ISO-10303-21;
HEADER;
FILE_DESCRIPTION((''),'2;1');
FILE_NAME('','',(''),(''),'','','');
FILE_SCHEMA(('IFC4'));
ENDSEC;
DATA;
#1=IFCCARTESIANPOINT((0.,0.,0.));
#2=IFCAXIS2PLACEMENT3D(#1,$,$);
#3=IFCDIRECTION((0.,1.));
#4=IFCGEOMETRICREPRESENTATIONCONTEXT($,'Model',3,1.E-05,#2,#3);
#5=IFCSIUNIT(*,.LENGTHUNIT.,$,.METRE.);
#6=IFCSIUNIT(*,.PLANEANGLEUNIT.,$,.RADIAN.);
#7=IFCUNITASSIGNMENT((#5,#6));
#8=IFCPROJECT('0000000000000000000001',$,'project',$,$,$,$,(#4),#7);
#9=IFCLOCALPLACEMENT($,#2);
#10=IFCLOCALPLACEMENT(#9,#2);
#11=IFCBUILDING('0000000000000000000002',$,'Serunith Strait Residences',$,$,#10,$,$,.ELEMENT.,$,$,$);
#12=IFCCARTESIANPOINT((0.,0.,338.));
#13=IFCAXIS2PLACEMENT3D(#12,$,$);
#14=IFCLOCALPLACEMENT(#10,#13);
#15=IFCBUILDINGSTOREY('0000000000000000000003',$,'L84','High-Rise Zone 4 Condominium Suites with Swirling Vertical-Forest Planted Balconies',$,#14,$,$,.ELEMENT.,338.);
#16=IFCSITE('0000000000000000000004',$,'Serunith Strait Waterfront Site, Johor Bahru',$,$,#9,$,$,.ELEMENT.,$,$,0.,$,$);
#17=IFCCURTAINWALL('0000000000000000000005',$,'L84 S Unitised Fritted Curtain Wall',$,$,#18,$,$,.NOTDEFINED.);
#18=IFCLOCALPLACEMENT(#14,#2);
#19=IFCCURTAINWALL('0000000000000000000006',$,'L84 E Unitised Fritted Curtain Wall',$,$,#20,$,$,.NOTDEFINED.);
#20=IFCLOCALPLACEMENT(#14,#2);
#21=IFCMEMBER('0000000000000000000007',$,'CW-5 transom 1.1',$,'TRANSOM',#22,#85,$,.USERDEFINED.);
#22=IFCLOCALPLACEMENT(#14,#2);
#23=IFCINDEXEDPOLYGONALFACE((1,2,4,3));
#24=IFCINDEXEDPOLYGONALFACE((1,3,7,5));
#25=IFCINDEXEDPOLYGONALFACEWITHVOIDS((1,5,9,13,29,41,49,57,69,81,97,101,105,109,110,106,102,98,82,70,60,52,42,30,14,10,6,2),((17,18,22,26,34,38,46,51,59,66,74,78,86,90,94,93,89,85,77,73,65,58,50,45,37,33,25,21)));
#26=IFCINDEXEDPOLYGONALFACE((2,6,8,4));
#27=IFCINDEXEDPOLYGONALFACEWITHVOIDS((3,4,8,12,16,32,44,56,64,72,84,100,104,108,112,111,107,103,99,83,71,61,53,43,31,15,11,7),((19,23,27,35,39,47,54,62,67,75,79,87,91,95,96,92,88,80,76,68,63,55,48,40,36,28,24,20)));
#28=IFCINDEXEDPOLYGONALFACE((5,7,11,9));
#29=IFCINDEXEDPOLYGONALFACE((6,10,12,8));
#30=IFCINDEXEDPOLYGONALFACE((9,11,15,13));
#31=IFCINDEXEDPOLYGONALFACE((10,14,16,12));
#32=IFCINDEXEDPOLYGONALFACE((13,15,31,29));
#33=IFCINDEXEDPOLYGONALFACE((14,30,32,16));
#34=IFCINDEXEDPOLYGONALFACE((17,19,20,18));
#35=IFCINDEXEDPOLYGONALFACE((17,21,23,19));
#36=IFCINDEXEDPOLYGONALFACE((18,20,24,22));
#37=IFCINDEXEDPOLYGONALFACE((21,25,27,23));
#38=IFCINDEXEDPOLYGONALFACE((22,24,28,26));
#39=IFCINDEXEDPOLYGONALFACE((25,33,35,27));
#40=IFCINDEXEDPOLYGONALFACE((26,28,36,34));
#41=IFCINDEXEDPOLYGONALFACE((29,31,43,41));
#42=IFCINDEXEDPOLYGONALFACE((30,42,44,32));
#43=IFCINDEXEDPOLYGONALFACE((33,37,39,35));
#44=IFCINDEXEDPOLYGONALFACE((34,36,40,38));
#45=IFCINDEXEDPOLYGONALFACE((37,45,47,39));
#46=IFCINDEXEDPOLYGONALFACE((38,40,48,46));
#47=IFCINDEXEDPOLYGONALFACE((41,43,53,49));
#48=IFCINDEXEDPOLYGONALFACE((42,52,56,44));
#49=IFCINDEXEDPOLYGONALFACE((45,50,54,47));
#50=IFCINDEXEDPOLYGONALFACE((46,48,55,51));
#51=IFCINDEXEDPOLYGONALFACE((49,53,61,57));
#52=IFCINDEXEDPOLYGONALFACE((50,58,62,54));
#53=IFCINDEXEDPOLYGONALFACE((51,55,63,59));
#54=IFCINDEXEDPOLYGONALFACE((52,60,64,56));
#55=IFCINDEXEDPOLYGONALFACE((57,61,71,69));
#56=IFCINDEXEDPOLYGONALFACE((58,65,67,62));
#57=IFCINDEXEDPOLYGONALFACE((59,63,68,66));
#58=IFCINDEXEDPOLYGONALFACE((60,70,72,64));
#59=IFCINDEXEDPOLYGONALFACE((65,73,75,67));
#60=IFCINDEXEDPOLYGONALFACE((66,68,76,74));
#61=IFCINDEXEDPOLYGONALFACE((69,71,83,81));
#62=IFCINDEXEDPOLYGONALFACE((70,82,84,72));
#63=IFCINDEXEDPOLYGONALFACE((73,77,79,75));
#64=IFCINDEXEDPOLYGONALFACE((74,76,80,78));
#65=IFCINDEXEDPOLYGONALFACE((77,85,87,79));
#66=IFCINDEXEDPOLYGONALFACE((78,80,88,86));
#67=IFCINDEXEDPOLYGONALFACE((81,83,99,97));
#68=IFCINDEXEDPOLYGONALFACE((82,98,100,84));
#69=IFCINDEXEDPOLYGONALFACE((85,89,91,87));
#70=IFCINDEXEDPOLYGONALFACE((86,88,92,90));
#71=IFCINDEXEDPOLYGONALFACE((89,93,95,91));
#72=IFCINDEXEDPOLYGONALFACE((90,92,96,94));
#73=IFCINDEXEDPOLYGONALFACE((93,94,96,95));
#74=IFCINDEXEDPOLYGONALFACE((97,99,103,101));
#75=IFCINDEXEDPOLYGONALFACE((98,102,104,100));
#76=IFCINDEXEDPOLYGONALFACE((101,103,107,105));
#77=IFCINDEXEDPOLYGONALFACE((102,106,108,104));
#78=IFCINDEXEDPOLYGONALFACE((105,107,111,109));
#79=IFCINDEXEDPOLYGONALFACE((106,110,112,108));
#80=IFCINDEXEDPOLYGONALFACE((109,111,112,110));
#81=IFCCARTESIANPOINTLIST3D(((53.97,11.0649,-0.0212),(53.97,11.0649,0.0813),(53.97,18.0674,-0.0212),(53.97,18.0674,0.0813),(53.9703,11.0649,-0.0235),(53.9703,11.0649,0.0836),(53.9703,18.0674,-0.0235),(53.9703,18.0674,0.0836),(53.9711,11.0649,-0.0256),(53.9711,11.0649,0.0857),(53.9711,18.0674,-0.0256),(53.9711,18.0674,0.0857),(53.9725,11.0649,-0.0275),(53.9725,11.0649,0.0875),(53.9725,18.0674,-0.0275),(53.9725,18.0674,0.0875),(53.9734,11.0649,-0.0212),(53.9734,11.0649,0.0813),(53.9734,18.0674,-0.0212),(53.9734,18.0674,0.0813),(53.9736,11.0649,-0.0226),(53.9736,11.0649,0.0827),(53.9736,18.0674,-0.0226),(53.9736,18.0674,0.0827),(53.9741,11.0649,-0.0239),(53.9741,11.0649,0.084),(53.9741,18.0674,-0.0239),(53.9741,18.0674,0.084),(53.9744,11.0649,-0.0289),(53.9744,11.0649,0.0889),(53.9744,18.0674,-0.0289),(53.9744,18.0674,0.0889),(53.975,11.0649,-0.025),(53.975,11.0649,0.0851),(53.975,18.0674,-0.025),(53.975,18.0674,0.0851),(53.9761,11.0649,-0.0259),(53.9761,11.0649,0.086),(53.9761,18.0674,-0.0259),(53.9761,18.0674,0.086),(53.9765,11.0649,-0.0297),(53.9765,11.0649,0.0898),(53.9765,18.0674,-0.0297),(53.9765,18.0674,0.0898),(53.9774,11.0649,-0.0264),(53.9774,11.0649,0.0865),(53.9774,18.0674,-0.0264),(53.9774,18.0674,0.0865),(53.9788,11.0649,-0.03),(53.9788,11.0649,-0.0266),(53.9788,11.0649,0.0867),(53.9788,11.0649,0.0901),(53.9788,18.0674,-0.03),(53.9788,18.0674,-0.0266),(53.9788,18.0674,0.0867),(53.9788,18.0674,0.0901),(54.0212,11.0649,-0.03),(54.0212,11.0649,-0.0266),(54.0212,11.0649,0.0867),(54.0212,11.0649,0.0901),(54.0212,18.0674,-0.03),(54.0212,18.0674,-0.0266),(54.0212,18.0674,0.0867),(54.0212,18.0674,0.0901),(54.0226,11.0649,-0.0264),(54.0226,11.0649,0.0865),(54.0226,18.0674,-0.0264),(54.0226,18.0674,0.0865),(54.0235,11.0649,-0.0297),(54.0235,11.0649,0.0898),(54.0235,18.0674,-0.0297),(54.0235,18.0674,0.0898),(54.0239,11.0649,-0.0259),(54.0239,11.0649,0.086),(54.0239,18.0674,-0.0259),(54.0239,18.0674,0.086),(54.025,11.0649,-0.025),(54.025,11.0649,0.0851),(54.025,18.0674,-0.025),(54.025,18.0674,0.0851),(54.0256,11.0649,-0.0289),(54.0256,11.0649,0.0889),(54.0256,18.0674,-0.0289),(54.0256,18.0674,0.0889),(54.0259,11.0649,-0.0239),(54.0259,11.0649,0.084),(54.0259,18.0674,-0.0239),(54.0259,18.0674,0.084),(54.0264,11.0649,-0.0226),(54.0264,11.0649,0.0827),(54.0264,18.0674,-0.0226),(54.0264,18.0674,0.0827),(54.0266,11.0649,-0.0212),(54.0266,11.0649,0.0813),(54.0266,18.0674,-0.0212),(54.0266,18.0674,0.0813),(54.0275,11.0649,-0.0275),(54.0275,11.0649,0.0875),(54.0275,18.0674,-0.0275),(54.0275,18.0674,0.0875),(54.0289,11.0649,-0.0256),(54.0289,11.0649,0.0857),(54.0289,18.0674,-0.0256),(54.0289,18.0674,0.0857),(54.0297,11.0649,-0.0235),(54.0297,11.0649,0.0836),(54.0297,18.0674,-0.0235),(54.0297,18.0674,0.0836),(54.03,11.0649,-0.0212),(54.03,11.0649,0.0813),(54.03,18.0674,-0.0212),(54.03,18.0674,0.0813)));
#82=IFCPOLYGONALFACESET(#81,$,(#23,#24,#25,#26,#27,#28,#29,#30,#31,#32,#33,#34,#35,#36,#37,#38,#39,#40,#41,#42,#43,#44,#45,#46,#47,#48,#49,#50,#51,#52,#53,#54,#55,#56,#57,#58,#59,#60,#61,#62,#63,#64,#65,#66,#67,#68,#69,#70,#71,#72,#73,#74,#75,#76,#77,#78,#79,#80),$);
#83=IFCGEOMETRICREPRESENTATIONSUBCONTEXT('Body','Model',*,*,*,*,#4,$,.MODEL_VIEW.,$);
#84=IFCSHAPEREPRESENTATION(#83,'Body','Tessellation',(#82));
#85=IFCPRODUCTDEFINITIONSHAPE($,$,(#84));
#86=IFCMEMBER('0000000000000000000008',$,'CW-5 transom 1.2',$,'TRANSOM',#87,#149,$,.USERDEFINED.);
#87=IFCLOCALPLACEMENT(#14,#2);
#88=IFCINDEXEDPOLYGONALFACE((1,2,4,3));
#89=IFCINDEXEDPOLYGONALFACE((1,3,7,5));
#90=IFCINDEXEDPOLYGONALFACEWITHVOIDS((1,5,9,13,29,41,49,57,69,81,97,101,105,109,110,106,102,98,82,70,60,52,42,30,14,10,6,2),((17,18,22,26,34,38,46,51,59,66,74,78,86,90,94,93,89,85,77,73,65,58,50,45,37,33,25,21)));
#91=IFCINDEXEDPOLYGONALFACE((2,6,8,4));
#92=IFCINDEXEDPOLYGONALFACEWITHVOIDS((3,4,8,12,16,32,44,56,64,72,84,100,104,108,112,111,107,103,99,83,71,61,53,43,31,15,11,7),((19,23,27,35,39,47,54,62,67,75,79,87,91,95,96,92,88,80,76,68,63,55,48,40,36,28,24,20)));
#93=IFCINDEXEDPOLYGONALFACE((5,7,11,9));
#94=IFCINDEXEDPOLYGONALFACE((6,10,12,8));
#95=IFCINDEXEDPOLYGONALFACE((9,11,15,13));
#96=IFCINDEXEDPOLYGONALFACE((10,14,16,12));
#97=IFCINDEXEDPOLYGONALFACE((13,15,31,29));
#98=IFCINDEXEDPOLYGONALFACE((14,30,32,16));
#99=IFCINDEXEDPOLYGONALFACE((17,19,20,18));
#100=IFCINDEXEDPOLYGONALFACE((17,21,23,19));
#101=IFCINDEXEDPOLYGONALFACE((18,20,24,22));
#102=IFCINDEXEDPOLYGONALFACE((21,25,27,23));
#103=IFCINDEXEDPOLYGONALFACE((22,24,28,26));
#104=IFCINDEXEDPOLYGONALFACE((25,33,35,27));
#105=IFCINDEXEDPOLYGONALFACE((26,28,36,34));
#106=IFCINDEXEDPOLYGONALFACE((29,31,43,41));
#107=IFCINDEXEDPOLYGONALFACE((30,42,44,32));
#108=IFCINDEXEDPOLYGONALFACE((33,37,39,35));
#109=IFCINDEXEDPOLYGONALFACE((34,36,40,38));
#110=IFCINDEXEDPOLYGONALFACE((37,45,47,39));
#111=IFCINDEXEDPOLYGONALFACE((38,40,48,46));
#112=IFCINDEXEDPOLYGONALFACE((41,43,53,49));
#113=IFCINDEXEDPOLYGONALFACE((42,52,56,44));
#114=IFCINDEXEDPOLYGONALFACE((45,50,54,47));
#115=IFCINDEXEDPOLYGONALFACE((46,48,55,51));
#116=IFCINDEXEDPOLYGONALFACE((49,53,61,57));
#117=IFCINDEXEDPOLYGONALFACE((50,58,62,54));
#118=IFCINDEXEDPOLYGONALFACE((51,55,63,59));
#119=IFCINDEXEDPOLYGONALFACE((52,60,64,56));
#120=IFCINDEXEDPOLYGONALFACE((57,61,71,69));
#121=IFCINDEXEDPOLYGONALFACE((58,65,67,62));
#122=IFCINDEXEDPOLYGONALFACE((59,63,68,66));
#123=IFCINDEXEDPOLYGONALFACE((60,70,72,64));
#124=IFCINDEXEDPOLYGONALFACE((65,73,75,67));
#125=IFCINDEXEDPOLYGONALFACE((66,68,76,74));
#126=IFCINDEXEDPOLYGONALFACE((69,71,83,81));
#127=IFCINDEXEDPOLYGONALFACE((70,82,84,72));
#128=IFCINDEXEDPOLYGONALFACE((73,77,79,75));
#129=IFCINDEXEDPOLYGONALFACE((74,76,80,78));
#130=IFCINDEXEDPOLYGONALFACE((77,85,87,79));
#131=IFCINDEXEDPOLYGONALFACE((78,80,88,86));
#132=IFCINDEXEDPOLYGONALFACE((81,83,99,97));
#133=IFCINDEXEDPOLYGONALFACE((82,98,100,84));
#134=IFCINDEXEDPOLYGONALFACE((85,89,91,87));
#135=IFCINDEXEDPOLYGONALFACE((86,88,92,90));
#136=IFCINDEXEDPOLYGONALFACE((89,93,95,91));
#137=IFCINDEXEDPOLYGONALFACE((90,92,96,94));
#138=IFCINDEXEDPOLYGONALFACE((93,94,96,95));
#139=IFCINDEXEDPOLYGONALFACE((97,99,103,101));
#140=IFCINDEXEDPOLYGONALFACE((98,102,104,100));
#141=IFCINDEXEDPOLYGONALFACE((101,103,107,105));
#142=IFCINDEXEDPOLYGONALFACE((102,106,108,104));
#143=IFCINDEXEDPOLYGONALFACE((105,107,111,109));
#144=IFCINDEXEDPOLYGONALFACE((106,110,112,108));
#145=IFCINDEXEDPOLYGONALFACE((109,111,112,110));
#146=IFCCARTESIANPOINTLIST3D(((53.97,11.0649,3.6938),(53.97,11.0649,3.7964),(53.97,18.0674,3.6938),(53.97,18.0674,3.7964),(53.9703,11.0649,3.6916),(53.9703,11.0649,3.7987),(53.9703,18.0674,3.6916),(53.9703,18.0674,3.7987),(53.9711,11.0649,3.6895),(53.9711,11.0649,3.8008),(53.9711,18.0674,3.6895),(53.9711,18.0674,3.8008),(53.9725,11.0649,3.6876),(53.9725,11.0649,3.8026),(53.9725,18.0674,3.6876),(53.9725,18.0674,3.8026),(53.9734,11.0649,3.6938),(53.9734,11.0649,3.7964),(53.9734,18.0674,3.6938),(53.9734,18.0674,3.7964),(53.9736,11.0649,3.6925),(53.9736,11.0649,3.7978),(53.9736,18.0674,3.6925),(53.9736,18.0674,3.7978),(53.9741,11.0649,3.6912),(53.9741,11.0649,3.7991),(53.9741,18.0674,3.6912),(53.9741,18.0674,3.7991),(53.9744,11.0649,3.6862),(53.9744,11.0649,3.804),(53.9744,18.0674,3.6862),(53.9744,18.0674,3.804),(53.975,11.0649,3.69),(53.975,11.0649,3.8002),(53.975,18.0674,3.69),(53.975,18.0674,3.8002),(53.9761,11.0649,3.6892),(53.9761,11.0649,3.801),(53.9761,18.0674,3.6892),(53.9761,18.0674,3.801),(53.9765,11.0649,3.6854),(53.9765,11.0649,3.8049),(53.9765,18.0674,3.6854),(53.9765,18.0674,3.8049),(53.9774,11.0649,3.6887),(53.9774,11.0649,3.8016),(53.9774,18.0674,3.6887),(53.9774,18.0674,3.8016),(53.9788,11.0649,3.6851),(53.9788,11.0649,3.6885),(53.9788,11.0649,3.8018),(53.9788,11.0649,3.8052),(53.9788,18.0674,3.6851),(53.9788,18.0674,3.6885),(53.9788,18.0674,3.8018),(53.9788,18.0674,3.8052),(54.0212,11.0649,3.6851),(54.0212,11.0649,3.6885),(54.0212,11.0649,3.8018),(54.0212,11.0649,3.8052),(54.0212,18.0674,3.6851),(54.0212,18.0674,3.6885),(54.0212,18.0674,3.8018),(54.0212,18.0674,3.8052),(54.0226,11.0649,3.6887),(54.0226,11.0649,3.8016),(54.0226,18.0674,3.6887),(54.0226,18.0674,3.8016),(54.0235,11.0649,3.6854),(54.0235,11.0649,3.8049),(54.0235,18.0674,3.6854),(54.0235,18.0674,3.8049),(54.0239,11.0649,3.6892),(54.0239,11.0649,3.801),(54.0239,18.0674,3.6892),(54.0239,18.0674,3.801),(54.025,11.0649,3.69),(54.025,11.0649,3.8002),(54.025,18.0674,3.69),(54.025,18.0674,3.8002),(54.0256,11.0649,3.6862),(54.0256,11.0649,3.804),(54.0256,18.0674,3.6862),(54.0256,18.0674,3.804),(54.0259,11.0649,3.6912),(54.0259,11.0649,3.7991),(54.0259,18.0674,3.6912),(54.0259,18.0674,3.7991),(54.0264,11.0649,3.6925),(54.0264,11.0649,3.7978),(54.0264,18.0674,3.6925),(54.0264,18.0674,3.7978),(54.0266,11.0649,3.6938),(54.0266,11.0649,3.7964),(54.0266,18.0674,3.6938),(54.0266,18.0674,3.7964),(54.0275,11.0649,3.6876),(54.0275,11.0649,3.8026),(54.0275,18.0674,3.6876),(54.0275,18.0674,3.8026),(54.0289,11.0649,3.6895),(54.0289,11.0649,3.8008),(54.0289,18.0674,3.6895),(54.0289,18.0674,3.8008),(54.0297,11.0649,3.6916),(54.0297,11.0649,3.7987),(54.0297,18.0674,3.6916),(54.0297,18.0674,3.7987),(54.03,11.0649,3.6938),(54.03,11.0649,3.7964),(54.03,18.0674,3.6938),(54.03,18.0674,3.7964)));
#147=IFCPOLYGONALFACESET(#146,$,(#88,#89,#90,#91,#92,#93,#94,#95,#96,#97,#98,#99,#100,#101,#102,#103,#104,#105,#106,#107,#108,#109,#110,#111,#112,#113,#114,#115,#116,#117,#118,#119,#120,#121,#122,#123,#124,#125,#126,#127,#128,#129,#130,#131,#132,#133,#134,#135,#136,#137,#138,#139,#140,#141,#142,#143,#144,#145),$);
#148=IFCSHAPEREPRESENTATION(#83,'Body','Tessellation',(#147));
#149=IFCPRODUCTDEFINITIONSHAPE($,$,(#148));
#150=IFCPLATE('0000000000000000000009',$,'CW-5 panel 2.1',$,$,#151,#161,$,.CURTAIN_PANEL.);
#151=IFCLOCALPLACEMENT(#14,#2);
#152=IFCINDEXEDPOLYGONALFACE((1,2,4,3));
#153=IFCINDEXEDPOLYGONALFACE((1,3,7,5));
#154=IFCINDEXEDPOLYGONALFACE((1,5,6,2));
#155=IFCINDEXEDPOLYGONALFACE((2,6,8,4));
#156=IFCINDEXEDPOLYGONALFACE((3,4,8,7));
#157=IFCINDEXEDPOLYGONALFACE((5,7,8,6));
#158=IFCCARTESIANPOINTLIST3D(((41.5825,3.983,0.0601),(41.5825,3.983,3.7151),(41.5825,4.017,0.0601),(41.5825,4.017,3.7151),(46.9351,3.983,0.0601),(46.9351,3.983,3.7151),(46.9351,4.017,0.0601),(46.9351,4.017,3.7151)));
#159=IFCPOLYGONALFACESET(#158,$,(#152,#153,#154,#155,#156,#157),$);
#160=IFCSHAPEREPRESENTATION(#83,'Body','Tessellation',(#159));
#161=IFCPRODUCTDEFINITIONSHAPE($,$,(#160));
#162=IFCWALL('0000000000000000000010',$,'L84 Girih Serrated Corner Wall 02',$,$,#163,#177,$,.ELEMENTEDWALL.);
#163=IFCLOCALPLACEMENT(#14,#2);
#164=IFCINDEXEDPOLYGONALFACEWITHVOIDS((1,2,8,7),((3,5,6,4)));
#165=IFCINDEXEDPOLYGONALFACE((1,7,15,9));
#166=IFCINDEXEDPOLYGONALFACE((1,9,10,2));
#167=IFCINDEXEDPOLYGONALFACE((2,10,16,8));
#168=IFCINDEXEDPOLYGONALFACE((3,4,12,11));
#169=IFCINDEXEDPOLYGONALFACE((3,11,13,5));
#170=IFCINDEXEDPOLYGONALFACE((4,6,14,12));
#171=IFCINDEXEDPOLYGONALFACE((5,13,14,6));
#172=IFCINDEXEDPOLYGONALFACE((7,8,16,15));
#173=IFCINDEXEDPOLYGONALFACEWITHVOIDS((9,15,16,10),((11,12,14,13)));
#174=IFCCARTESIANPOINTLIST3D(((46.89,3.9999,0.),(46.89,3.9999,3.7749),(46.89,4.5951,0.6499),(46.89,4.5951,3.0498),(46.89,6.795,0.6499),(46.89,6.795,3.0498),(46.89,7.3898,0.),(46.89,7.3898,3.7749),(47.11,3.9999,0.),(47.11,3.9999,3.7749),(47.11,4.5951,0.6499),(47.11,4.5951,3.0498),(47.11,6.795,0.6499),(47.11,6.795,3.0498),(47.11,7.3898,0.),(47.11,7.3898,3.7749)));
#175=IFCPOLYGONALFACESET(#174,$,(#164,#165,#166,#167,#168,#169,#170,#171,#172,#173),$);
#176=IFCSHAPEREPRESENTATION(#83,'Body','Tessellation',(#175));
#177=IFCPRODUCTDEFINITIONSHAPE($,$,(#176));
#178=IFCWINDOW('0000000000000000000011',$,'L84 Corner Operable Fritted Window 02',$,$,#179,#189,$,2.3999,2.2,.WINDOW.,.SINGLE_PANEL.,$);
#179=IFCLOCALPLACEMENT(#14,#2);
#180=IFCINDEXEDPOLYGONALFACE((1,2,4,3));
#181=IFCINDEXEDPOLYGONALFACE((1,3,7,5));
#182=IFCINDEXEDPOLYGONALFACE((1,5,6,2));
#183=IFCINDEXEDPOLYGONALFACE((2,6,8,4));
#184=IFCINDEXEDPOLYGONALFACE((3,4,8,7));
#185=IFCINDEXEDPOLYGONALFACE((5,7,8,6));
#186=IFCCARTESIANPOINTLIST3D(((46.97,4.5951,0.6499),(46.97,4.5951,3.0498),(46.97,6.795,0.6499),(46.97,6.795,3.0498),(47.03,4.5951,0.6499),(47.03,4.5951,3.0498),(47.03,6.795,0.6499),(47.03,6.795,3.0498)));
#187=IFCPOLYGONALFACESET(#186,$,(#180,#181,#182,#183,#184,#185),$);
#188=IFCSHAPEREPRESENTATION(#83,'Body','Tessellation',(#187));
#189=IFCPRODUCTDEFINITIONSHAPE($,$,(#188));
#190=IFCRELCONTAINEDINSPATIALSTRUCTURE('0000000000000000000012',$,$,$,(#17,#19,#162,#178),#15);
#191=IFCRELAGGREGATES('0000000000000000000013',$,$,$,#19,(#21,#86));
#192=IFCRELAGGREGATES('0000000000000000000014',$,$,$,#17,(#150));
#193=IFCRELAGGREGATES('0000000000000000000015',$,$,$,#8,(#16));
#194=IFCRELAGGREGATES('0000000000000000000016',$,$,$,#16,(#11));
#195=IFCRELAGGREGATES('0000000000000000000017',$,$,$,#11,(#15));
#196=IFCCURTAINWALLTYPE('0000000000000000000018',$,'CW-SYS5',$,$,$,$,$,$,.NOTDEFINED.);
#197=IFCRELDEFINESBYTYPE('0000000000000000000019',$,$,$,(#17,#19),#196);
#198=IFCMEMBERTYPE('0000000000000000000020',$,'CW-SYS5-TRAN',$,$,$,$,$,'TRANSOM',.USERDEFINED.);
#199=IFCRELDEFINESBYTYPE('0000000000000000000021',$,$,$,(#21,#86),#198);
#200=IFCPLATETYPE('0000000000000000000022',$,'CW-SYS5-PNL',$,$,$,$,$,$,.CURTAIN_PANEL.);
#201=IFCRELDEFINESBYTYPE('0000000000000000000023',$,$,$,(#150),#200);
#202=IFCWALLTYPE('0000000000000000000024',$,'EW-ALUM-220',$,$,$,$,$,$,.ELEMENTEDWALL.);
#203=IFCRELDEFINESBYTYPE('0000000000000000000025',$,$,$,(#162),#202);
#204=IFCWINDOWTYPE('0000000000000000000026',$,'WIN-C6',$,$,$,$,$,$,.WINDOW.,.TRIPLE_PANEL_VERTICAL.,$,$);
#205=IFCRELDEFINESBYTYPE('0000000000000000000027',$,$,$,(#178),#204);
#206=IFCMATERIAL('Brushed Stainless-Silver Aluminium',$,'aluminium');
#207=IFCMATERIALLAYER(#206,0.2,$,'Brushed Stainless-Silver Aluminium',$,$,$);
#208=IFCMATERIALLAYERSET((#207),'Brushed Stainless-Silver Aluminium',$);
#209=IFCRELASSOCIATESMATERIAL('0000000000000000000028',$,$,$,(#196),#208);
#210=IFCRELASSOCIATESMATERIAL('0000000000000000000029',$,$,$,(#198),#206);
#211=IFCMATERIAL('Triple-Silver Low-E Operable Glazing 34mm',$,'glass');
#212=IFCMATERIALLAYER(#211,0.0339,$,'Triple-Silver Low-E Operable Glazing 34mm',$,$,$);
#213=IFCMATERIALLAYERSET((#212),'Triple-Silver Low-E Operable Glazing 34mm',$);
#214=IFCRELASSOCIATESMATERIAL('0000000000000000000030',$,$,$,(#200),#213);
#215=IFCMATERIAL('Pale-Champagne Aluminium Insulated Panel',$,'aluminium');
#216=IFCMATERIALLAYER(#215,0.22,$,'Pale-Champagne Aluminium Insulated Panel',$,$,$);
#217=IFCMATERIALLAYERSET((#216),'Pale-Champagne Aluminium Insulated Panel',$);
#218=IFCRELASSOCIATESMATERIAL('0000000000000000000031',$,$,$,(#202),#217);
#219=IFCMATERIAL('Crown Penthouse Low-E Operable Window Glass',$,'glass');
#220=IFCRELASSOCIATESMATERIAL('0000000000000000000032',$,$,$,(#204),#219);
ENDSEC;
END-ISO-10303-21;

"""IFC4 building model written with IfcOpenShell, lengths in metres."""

from ifc_helpers import new_model, si_unit, direction, frame, frame_2d, origin, origin_2d, place, context, subcontext, project, spatial, rectangle, hollow_rectangle, extrude, source, transform, mapped, material, layer, layer_set, material_profile, profile_set, type_object, element, fill, aggregate, save


model = new_model("IFC4")

# Units and contexts
model_context = context("Model", 3, precision=1e-05, world=origin(), true_north=direction((0.0, 1.0)))
body_context = subcontext(model_context, "Body", "Model", "MODEL_VIEW")
ifc_project = project(units=[si_unit("LENGTHUNIT", "METRE"), si_unit("PLANEANGLEUNIT", "RADIAN")], contexts=[model_context])

# Site, building, storey
site_placement = place(None, origin())
site = spatial("IfcSite", under=ifc_project, at=site_placement, Name="Serunith Strait Waterfront Site, Johor Bahru", CompositionType="ELEMENT", RefElevation=0.0)
building_placement = place(site_placement, origin())
building = spatial("IfcBuilding", under=site, at=building_placement, Name="Serunith Strait Residences", CompositionType="ELEMENT")
storey_placement = place(building_placement, frame((0.0, 0.0, 338.0)))
storey = spatial("IfcBuildingStorey", under=building, at=storey_placement, Name="L84", Description="High-Rise Zone 4 Condominium Suites with Swirling Vertical-Forest Planted Balconies", CompositionType="ELEMENT", Elevation=338.0)

# Curtain walls
ifc_material_1 = material(Name="Brushed Stainless-Silver Aluminium", Category="aluminium")
ifc_layer_1 = layer(ifc_material_1, 0.2, Name="Brushed Stainless-Silver Aluminium")
ifc_layer_set_1 = layer_set([ifc_layer_1], Name="Brushed Stainless-Silver Aluminium")
curtain_wall_type = type_object("IfcCurtainWallType", Name="CW-SYS5", PredefinedType="NOTDEFINED", material=ifc_layer_set_1)
curtain_wall_1_placement = place(storey_placement, origin())
curtain_wall_1 = element("IfcCurtainWall", 1, at=curtain_wall_1_placement, inside=storey, type_object=curtain_wall_type, Name="L84 S Unitised Fritted Curtain Wall", PredefinedType="NOTDEFINED")
curtain_wall_2_placement = place(storey_placement, origin())
curtain_wall_2 = element("IfcCurtainWall", 2, at=curtain_wall_2_placement, inside=storey, type_object=curtain_wall_type, Name="L84 E Unitised Fritted Curtain Wall", PredefinedType="NOTDEFINED")

# Members
ifc_material_profile_1 = material_profile(ifc_material_1, hollow_rectangle(XDim=0.0601, YDim=0.1201, WallThickness=0.0034, InnerFilletRadius=0.0054, OuterFilletRadius=0.0088, at=origin_2d()), Name="ALU 120x60x3.5")
ifc_profile_set_1 = profile_set([ifc_material_profile_1], Name="Brushed Stainless-Silver Aluminium")
member_type_1 = type_object("IfcMemberType", Name="CW-SYS5-TRAN", ElementType="TRANSOM", PredefinedType="USERDEFINED", material=ifc_profile_set_1)
shared_shape_1 = source(origin(), body_context, "Body", "SweptSolid", [
    extrude(hollow_rectangle(XDim=0.0601, YDim=0.1201, WallThickness=0.0034, InnerFilletRadius=0.0054, OuterFilletRadius=0.0088, at=origin_2d()), origin(), (0.0, 0.0, 1.0), 7.0024),
])
member_1_placement = place(storey_placement, frame((54.0, 11.0649, 0.03), z_axis=(0.0, 1.0, 0.0), x_axis=(-1.0, 0.0, 0.0)))
member_1 = element("IfcMember", 3, at=member_1_placement, type_object=member_type_1, Name="CW-5 transom 1.1", ObjectType="TRANSOM", PredefinedType="USERDEFINED", context=body_context, shape_type="MappedRepresentation", body=[
    mapped(shared_shape_1, transform((0.0, 0.0, 0.0), scale=1.0)),
])
member_2_placement = place(storey_placement, frame((54.0, 11.0649, 3.7451), z_axis=(0.0, 1.0, 0.0), x_axis=(-1.0, 0.0, 0.0)))
member_2 = element("IfcMember", 4, at=member_2_placement, type_object=member_type_1, Name="CW-5 transom 1.2", ObjectType="TRANSOM", PredefinedType="USERDEFINED", context=body_context, shape_type="MappedRepresentation", body=[
    mapped(shared_shape_1, transform((0.0, 0.0, 0.0), scale=1.0)),
])
aggregate(curtain_wall_2, [member_1, member_2])

# Plate
ifc_material_2 = material(Name="Triple-Silver Low-E Operable Glazing 34mm", Category="glass")
ifc_layer_2 = layer(ifc_material_2, 0.0339, Name="Triple-Silver Low-E Operable Glazing 34mm")
ifc_layer_set_2 = layer_set([ifc_layer_2], Name="Triple-Silver Low-E Operable Glazing 34mm")
plate_type = type_object("IfcPlateType", Name="CW-SYS5-PNL", PredefinedType="CURTAIN_PANEL", material=ifc_layer_set_2)
shared_shape_2 = source(origin(), body_context, "Body", "SweptSolid", [
    extrude(rectangle(XDim=5.3525, YDim=0.0339, at=origin_2d()), origin(), (0.0, 0.0, 1.0), 3.655),
])
plate_placement = place(storey_placement, frame((44.2588, 4.0, 0.0601), z_axis=(0.0, 0.0, 1.0), x_axis=(1.0, 0.0, 0.0)))
plate = element("IfcPlate", 5, at=plate_placement, type_object=plate_type, Name="CW-5 panel 2.1", PredefinedType="CURTAIN_PANEL", context=body_context, shape_type="MappedRepresentation", body=[
    mapped(shared_shape_2, transform((0.0, 0.0, 0.0), scale=1.0)),
])
aggregate(curtain_wall_1, [plate])

# Wall, opening, window
ifc_material_3 = material(Name="Pale-Champagne Aluminium Insulated Panel", Category="aluminium")
ifc_layer_3 = layer(ifc_material_3, 0.22, Name="Pale-Champagne Aluminium Insulated Panel")
ifc_layer_set_3 = layer_set([ifc_layer_3], Name="Pale-Champagne Aluminium Insulated Panel")
wall_type_1 = type_object("IfcWallType", Name="EW-ALUM-220", PredefinedType="ELEMENTEDWALL", material=ifc_layer_set_3)
wall_1_placement = place(storey_placement, frame((47.0, 4.0, 0.0), z_axis=(0.0, 0.0, 1.0), x_axis=(0.0, 1.0, 0.0)))
wall_1 = element("IfcWall", 6, at=wall_1_placement, inside=storey, type_object=wall_type_1, Name="L84 Girih Serrated Corner Wall 02", PredefinedType="ELEMENTEDWALL", context=body_context, shape_type="SweptSolid", body=[
    extrude(rectangle(XDim=3.3899, YDim=0.22, at=frame_2d((1.6948, 0.0))), origin(), (0.0, 0.0, 1.0), 3.7749),
])
opening_1_placement = place(wall_1_placement, frame((0.595, 0.0, 0.6499)))
opening_1 = element("IfcOpeningElement", 7, at=opening_1_placement, cuts=wall_1, PredefinedType="OPENING", context=body_context, shape_type="SweptSolid", body=[
    extrude(rectangle(XDim=2.2, YDim=2.3999, at=frame_2d((1.1001, 1.2))), frame((0.0, 0.1201, 0.0), z_axis=(0.0, -1.0, 0.0), x_axis=(1.0, 0.0, 0.0)), (0.0, 0.0, 1.0), 0.24),
])
ifc_material_4 = material(Name="Crown Penthouse Low-E Operable Window Glass", Category="glass")
window_type = type_object("IfcWindowType", Name="WIN-C6", PartitioningType="TRIPLE_PANEL_VERTICAL", PredefinedType="WINDOW", material=ifc_material_4)
shared_shape_3 = source(origin(), body_context, "Body", "SweptSolid", [
    extrude(rectangle(XDim=2.2, YDim=2.3999, at=frame_2d((1.1001, 1.2))), frame((0.0, 0.03, 0.0), z_axis=(0.0, -1.0, 0.0), x_axis=(1.0, 0.0, 0.0)), (0.0, 0.0, 1.0), 0.0601),
])
window_1_placement = place(opening_1_placement, origin())
window_1 = element("IfcWindow", 8, at=window_1_placement, inside=storey, type_object=window_type, Name="L84 Corner Operable Fritted Window 02", OverallHeight=2.3999, OverallWidth=2.2, PartitioningType="SINGLE_PANEL", PredefinedType="WINDOW", context=body_context, shape_type="MappedRepresentation", body=[
    mapped(shared_shape_3, transform((0.0, 0.0, 0.0), scale=1.0)),
])
fill(opening_1, window_1)

save(model, "model.ifc")
